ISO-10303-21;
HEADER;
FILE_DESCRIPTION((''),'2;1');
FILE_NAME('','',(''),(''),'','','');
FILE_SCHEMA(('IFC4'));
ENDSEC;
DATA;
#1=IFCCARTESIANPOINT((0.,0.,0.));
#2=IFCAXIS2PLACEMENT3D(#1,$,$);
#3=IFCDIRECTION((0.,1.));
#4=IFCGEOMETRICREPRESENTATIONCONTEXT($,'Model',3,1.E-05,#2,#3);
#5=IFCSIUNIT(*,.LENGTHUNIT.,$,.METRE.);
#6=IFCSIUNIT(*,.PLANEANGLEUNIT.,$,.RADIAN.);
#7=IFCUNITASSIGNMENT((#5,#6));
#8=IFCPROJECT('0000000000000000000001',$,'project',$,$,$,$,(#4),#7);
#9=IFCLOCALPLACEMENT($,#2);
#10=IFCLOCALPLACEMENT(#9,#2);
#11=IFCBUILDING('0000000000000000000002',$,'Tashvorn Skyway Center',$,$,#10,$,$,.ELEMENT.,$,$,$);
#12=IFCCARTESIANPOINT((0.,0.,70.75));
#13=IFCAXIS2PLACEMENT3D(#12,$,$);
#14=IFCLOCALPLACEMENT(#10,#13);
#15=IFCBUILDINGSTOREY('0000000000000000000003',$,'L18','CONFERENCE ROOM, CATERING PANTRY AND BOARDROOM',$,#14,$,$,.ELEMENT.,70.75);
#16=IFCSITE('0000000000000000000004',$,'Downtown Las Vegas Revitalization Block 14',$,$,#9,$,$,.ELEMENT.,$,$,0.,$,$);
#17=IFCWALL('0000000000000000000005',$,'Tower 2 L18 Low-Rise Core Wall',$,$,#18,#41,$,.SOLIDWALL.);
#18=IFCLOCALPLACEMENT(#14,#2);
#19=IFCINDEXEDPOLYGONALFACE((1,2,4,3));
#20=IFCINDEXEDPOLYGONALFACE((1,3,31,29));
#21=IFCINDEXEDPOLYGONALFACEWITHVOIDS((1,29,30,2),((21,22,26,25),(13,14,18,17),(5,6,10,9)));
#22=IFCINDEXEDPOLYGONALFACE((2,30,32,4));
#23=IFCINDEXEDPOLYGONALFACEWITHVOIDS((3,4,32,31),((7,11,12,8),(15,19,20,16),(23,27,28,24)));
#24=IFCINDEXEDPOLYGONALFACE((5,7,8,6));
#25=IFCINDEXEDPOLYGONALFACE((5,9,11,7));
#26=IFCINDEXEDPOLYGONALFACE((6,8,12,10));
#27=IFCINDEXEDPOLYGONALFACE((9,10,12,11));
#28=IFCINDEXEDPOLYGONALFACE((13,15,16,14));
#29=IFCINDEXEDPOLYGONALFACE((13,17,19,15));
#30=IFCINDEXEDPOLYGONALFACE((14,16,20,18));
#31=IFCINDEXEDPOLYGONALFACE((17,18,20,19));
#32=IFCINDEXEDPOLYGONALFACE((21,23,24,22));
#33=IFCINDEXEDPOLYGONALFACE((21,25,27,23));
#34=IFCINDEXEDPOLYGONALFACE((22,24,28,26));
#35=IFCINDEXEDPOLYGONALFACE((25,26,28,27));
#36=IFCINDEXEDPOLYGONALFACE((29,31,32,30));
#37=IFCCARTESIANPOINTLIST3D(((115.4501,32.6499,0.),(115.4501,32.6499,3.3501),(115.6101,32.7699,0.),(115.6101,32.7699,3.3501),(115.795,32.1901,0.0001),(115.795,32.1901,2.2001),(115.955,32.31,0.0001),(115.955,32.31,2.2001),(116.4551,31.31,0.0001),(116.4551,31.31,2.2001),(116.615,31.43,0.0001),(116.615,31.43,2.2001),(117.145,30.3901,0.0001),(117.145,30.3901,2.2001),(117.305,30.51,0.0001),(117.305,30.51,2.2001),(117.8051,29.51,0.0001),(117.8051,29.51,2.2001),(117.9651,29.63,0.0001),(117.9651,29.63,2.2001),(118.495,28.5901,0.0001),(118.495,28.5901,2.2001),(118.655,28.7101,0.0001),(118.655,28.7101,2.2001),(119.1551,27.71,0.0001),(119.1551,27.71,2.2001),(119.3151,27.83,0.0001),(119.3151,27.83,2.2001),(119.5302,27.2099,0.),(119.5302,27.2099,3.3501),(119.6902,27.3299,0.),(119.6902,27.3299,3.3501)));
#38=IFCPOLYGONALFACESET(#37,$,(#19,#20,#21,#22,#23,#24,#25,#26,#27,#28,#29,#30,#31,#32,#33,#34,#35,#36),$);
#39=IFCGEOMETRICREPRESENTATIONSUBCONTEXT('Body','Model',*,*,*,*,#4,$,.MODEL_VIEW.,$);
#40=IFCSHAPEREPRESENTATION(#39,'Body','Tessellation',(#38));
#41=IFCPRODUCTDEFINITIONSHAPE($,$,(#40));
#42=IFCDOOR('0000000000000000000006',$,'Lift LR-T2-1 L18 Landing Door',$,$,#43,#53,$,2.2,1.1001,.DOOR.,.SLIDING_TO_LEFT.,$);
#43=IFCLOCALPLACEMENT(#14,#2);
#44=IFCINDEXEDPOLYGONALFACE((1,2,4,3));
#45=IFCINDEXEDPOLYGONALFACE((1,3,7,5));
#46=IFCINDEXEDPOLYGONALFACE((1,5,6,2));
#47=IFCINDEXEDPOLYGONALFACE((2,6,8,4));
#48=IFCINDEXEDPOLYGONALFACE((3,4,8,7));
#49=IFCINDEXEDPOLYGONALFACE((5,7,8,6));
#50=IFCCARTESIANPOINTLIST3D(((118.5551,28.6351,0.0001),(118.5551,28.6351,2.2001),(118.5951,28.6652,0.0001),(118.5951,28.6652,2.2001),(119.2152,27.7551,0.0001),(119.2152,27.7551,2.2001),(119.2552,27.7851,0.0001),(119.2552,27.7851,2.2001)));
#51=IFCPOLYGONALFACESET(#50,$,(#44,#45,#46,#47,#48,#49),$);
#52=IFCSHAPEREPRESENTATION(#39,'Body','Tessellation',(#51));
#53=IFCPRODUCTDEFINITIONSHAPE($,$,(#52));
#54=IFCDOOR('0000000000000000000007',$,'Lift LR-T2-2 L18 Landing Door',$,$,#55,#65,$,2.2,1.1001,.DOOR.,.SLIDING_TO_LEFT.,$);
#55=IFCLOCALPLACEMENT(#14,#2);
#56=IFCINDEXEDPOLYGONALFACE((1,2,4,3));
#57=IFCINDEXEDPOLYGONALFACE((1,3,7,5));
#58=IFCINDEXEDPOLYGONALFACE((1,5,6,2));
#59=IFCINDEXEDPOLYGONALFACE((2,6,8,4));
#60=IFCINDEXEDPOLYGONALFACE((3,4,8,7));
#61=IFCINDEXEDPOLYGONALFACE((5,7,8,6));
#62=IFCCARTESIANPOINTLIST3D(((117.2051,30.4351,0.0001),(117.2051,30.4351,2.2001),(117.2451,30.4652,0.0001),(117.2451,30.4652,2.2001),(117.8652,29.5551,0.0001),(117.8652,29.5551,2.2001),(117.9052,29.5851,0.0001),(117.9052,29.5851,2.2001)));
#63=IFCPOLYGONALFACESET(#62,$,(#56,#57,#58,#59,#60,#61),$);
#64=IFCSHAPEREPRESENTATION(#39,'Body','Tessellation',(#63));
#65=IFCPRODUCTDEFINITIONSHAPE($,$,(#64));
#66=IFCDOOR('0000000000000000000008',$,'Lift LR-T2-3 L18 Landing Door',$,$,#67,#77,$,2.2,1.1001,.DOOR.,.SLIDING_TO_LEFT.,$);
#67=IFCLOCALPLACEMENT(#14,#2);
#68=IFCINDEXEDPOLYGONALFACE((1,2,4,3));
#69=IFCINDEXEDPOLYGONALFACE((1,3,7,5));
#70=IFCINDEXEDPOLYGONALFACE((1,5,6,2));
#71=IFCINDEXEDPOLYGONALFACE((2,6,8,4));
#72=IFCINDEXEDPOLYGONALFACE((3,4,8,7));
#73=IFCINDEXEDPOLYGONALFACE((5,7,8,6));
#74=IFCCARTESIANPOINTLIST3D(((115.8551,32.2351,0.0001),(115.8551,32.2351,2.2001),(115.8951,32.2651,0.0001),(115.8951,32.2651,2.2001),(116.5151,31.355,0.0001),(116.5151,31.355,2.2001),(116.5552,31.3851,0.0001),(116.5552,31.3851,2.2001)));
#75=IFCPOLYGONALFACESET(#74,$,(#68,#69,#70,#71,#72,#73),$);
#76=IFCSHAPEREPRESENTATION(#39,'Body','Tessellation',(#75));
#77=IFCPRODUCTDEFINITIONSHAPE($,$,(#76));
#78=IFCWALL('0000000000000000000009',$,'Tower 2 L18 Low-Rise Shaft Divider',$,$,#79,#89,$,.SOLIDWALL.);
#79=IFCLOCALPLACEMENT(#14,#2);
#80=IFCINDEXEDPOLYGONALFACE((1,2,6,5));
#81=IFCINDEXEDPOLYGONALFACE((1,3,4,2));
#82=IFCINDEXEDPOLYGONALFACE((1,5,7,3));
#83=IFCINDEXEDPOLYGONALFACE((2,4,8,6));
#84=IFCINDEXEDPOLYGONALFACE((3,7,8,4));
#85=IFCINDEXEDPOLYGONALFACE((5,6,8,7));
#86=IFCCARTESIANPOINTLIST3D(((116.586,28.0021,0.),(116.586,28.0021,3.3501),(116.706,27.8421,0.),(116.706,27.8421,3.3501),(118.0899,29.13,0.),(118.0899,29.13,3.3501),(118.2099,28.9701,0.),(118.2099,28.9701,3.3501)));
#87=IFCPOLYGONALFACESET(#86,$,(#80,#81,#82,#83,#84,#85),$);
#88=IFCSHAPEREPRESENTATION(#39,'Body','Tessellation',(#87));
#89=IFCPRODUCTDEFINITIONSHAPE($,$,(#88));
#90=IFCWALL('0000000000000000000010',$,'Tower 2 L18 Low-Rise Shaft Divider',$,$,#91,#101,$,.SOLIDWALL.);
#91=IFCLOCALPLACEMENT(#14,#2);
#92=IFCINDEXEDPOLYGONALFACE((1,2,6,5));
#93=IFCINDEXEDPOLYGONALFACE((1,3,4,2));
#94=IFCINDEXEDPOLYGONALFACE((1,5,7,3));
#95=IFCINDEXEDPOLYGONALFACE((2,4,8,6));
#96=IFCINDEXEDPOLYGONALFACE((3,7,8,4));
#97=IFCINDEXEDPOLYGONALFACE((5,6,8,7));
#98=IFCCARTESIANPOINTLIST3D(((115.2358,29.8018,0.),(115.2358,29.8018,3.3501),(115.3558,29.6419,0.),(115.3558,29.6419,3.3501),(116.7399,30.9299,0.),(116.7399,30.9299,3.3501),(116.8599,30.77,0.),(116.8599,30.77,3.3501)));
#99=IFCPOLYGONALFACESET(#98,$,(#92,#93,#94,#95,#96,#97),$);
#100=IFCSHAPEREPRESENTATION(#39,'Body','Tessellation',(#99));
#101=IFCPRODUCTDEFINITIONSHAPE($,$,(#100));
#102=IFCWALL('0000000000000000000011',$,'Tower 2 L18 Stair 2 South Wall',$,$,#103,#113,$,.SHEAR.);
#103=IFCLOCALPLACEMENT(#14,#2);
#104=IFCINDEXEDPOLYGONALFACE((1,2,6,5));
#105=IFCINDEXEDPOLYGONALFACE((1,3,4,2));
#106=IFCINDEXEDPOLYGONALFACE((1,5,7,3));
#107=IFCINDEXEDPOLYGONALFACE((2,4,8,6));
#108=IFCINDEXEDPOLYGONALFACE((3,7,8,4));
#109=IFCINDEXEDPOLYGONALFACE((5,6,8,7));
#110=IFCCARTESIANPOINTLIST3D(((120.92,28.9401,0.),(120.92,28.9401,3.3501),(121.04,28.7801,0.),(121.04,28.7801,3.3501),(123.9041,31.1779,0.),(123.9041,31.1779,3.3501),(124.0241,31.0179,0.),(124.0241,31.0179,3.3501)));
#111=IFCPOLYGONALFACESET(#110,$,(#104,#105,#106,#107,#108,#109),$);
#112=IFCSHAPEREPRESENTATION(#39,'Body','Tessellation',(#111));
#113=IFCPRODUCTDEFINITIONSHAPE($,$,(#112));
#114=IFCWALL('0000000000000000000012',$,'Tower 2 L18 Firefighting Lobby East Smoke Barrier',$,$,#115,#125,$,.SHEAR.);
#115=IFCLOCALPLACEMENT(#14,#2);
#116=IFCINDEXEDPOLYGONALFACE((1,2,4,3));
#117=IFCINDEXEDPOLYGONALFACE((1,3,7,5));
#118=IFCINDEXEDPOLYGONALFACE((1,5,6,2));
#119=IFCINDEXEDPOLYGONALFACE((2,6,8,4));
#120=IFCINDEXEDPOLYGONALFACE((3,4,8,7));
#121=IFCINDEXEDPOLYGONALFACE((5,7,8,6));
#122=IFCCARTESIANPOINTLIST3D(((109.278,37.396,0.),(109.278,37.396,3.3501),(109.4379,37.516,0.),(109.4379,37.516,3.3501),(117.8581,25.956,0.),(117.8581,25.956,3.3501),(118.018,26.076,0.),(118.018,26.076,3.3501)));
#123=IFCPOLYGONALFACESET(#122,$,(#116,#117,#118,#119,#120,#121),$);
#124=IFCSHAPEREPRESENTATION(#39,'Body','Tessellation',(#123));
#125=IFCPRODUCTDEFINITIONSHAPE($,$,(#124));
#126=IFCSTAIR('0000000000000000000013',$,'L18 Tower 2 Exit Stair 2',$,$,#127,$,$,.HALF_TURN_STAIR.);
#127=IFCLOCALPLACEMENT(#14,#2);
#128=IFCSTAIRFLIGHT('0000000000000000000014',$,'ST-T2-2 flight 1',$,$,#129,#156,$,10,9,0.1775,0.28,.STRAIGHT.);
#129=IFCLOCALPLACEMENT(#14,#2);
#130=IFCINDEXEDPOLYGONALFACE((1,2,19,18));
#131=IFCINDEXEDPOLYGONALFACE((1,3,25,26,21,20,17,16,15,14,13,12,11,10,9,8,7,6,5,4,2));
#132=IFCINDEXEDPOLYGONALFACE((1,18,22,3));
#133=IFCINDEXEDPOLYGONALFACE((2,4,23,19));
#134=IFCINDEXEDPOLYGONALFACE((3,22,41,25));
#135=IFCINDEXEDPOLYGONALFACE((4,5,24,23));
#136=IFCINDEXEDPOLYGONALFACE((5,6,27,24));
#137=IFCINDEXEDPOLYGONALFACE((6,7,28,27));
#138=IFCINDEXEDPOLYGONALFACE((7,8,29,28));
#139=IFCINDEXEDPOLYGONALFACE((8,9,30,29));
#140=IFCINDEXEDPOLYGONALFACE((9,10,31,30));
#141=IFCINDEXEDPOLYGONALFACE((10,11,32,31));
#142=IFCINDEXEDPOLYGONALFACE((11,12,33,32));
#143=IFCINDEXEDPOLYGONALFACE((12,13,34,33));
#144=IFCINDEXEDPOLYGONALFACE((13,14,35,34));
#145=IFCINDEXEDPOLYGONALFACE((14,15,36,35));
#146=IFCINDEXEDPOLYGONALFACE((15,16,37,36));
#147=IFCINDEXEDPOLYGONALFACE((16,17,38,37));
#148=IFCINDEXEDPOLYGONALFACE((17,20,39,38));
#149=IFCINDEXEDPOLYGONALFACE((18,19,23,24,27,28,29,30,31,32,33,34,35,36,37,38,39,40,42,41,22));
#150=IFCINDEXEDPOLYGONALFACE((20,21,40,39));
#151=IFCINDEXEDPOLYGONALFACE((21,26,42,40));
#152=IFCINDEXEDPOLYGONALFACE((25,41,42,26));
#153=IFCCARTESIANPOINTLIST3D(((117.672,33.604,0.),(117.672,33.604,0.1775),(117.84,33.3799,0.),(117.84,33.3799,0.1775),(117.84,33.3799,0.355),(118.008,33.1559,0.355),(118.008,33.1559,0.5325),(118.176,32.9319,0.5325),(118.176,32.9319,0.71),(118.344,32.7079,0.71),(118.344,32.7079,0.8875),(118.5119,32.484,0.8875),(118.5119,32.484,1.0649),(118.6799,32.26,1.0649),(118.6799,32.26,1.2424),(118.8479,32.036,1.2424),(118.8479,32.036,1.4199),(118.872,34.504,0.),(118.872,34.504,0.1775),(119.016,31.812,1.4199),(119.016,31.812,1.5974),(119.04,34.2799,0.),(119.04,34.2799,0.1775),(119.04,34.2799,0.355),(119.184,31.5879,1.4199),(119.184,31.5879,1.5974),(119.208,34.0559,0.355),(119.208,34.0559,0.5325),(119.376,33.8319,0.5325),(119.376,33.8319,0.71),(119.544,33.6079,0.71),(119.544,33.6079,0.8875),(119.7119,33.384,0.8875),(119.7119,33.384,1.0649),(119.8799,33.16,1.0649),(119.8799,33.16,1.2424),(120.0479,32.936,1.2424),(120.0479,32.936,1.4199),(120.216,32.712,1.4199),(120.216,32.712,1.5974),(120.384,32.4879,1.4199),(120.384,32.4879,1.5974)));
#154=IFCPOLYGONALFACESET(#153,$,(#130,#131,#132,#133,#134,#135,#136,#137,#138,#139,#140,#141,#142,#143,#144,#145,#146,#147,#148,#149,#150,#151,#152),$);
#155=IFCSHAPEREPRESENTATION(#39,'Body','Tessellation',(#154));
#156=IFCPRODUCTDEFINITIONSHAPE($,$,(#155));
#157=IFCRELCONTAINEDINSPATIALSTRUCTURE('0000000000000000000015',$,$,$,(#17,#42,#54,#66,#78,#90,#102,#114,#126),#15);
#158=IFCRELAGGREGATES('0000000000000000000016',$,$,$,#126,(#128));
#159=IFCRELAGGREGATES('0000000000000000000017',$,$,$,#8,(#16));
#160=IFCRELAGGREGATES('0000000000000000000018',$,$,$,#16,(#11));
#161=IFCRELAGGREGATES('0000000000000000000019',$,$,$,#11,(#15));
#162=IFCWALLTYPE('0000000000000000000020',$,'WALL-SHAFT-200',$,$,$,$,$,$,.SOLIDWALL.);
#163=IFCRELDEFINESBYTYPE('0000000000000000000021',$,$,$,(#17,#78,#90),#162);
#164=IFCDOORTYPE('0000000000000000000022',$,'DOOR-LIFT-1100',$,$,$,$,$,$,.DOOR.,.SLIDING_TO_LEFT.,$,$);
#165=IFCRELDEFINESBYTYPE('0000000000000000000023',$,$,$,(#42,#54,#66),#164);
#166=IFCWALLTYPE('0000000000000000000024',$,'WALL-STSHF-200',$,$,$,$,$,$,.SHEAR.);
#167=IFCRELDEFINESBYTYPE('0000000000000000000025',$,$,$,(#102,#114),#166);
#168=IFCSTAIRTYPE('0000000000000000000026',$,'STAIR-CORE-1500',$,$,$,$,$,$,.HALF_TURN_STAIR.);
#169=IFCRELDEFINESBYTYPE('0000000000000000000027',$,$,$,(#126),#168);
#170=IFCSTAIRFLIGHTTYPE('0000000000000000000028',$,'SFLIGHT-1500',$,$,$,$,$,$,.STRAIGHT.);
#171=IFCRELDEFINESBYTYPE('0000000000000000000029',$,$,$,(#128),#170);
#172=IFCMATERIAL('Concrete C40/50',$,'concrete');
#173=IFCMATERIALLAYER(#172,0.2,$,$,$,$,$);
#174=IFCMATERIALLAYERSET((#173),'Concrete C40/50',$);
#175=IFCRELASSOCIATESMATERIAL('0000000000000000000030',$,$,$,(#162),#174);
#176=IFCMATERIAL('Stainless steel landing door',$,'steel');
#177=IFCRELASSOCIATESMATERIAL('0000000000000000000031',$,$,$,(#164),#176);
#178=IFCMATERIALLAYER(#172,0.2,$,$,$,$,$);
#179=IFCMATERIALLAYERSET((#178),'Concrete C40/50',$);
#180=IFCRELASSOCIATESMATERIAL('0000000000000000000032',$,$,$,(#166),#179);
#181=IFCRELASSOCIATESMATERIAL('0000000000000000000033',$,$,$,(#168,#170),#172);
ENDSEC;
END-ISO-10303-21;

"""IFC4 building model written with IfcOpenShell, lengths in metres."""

from ifc_helpers import new_model, si_unit, direction, frame, frame_2d, origin, place, context, subcontext, project, spatial, polyline, rectangle, outline, extrude, material, layer, layer_set, type_object, element, fill, aggregate, save


model = new_model("IFC4")

# Units and contexts
model_context = context("Model", 3, precision=1e-05, world=origin(), true_north=direction((0.0, 1.0)))
body_context = subcontext(model_context, "Body", "Model", "MODEL_VIEW")
ifc_project = project(units=[si_unit("LENGTHUNIT", "METRE"), si_unit("PLANEANGLEUNIT", "RADIAN")], contexts=[model_context])

# Site, building, storey
site_placement = place(None, origin())
site = spatial("IfcSite", under=ifc_project, at=site_placement, Name="Downtown Las Vegas Revitalization Block 14", CompositionType="ELEMENT", RefElevation=0.0)
building_placement = place(site_placement, origin())
building = spatial("IfcBuilding", under=site, at=building_placement, Name="Tashvorn Skyway Center", CompositionType="ELEMENT")
storey_placement = place(building_placement, frame((0.0, 0.0, 70.75)))
storey = spatial("IfcBuildingStorey", under=building, at=storey_placement, Name="L18", Description="CONFERENCE ROOM, CATERING PANTRY AND BOARDROOM", CompositionType="ELEMENT", Elevation=70.75)

# Wall, openings, doors
ifc_material_1 = material(Name="Concrete C40/50", Category="concrete")
ifc_layer_1 = layer(ifc_material_1, 0.2)
ifc_layer_set_1 = layer_set([ifc_layer_1], Name="Concrete C40/50")
wall_type_1 = type_object("IfcWallType", Name="WALL-SHAFT-200", PredefinedType="SOLIDWALL", material=ifc_layer_set_1)
wall_1_placement = place(storey_placement, frame((119.6101, 27.27, 0.0), z_axis=(0.0, 0.0, 1.0), x_axis=(-0.600011, 0.799991, 0.0)))
wall_1 = element("IfcWall", 1, at=wall_1_placement, inside=storey, type_object=wall_type_1, Name="Tower 2 L18 Low-Rise Core Wall", PredefinedType="SOLIDWALL", context=body_context, shape_type="SweptSolid", body=[
    extrude(rectangle(XDim=6.8, YDim=0.2, at=frame_2d((3.3999, 0.0))), origin(), (0.0, 0.0, 1.0), 3.3501),
])
opening_1_placement = place(wall_1_placement, frame((0.625, 0.0, 0.0)))
opening_1 = element("IfcOpeningElement", 2, at=opening_1_placement, cuts=wall_1, PredefinedType="OPENING", context=body_context, shape_type="SweptSolid", body=[
    extrude(rectangle(XDim=1.1001, YDim=2.2, at=frame_2d((0.55, 1.1001))), frame((0.0, 0.1099, 0.0), z_axis=(0.0, -1.0, 0.0), x_axis=(1.0, 0.0, 0.0)), (0.0, 0.0, 1.0), 0.22),
])
opening_2_placement = place(wall_1_placement, frame((2.875, 0.0, 0.0)))
opening_2 = element("IfcOpeningElement", 3, at=opening_2_placement, cuts=wall_1, PredefinedType="OPENING", context=body_context, shape_type="SweptSolid", body=[
    extrude(rectangle(XDim=1.1001, YDim=2.2, at=frame_2d((0.55, 1.1001))), frame((0.0, 0.1099, 0.0), z_axis=(0.0, -1.0, 0.0), x_axis=(1.0, 0.0, 0.0)), (0.0, 0.0, 1.0), 0.22),
])
opening_3_placement = place(wall_1_placement, frame((5.125, 0.0, 0.0)))
opening_3 = element("IfcOpeningElement", 4, at=opening_3_placement, cuts=wall_1, PredefinedType="OPENING", context=body_context, shape_type="SweptSolid", body=[
    extrude(rectangle(XDim=1.1001, YDim=2.2, at=frame_2d((0.55, 1.1001))), frame((0.0, 0.1099, 0.0), z_axis=(0.0, -1.0, 0.0), x_axis=(1.0, 0.0, 0.0)), (0.0, 0.0, 1.0), 0.22),
])
ifc_material_2 = material(Name="Stainless steel landing door", Category="steel")
door_type_1 = type_object("IfcDoorType", Name="DOOR-LIFT-1100", OperationType="SLIDING_TO_LEFT", PredefinedType="DOOR", material=ifc_material_2)
door_1_placement = place(opening_1_placement, origin())
door_1 = element("IfcDoor", 5, at=door_1_placement, inside=storey, type_object=door_type_1, Name="Lift LR-T2-1 L18 Landing Door", OperationType="SLIDING_TO_LEFT", OverallHeight=2.2, OverallWidth=1.1001, PredefinedType="DOOR", context=body_context, shape_type="SweptSolid", body=[
    extrude(rectangle(XDim=1.1001, YDim=2.2, at=frame_2d((0.55, 1.1001))), frame((0.0, 0.0249, 0.0), z_axis=(0.0, -1.0, 0.0), x_axis=(1.0, 0.0, 0.0)), (0.0, 0.0, 1.0), 0.05),
])
fill(opening_1, door_1)
door_2_placement = place(opening_2_placement, origin())
door_2 = element("IfcDoor", 6, at=door_2_placement, inside=storey, type_object=door_type_1, Name="Lift LR-T2-2 L18 Landing Door", OperationType="SLIDING_TO_LEFT", OverallHeight=2.2, OverallWidth=1.1001, PredefinedType="DOOR", context=body_context, shape_type="SweptSolid", body=[
    extrude(rectangle(XDim=1.1001, YDim=2.2, at=frame_2d((0.55, 1.1001))), frame((0.0, 0.0249, 0.0), z_axis=(0.0, -1.0, 0.0), x_axis=(1.0, 0.0, 0.0)), (0.0, 0.0, 1.0), 0.05),
])
fill(opening_2, door_2)
door_3_placement = place(opening_3_placement, origin())
door_3 = element("IfcDoor", 7, at=door_3_placement, inside=storey, type_object=door_type_1, Name="Lift LR-T2-3 L18 Landing Door", OperationType="SLIDING_TO_LEFT", OverallHeight=2.2, OverallWidth=1.1001, PredefinedType="DOOR", context=body_context, shape_type="SweptSolid", body=[
    extrude(rectangle(XDim=1.1001, YDim=2.2, at=frame_2d((0.55, 1.1001))), frame((0.0, 0.0249, 0.0), z_axis=(0.0, -1.0, 0.0), x_axis=(1.0, 0.0, 0.0)), (0.0, 0.0, 1.0), 0.05),
])
fill(opening_3, door_3)

# Walls
wall_2_placement = place(storey_placement, frame((116.646, 27.9221, 0.0), z_axis=(0.0, 0.0, 1.0), x_axis=(0.8, 0.6, 0.0)))
element("IfcWall", 8, at=wall_2_placement, inside=storey, type_object=wall_type_1, Name="Tower 2 L18 Low-Rise Shaft Divider", PredefinedType="SOLIDWALL", context=body_context, shape_type="SweptSolid", body=[
    extrude(rectangle(XDim=1.8799, YDim=0.2, at=frame_2d((0.9399, 0.0))), origin(), (0.0, 0.0, 1.0), 3.3501),
])
wall_3_placement = place(storey_placement, frame((115.2959, 29.7219, 0.0), z_axis=(0.0, 0.0, 1.0), x_axis=(0.799984, 0.600021, 0.0)))
element("IfcWall", 9, at=wall_3_placement, inside=storey, type_object=wall_type_1, Name="Tower 2 L18 Low-Rise Shaft Divider", PredefinedType="SOLIDWALL", context=body_context, shape_type="SweptSolid", body=[
    extrude(rectangle(XDim=1.8801, YDim=0.2, at=frame_2d((0.9399, 0.0))), origin(), (0.0, 0.0, 1.0), 3.3501),
])
ifc_layer_2 = layer(ifc_material_1, 0.2)
ifc_layer_set_2 = layer_set([ifc_layer_2], Name="Concrete C40/50")
wall_type_2 = type_object("IfcWallType", Name="WALL-STSHF-200", PredefinedType="SHEAR", material=ifc_layer_set_2)
wall_4_placement = place(storey_placement, frame((120.98, 28.8601, 0.0), z_axis=(0.0, 0.0, 1.0), x_axis=(0.800039, 0.599948, 0.0)))
element("IfcWall", 10, at=wall_4_placement, inside=storey, type_object=wall_type_2, Name="Tower 2 L18 Stair 2 South Wall", PredefinedType="SHEAR", context=body_context, shape_type="SweptSolid", body=[
    extrude(rectangle(XDim=3.73, YDim=0.2, at=frame_2d((1.865, 0.0))), origin(), (0.0, 0.0, 1.0), 3.3501),
])
wall_5_placement = place(storey_placement, frame((117.938, 26.0161, 0.0), z_axis=(0.0, 0.0, 1.0), x_axis=(-0.600005, 0.799996, 0.0)))
element("IfcWall", 11, at=wall_5_placement, inside=storey, type_object=wall_type_2, Name="Tower 2 L18 Firefighting Lobby East Smoke Barrier", PredefinedType="SHEAR", context=body_context, shape_type="SweptSolid", body=[
    extrude(rectangle(XDim=14.3, YDim=0.2, at=frame_2d((7.1499, 0.0))), origin(), (0.0, 0.0, 1.0), 3.3501),
])

# Stair, stair flight
stair_type = type_object("IfcStairType", Name="STAIR-CORE-1500", PredefinedType="HALF_TURN_STAIR", material=ifc_material_1)
stair_placement = place(storey_placement, origin())
stair = element("IfcStair", 12, at=stair_placement, inside=storey, type_object=stair_type, Name="L18 Tower 2 Exit Stair 2", PredefinedType="HALF_TURN_STAIR")
stair_flight_type = type_object("IfcStairFlightType", Name="SFLIGHT-1500", PredefinedType="STRAIGHT", material=ifc_material_1)
stair_flight_1_placement = place(storey_placement, frame((118.272, 34.054, 0.0), z_axis=(0.0, 0.0, 1.0), x_axis=(0.6, -0.8, 0.0)))
stair_flight_1 = element("IfcStairFlight", 13, at=stair_flight_1_placement, type_object=stair_flight_type, Name="ST-T2-2 flight 1", NumberOfRisers=10, NumberOfTreads=9, PredefinedType="STRAIGHT", RiserHeight=0.1775, TreadLength=0.28, context=body_context, shape_type="SweptSolid", body=[
    extrude(outline(polyline([(0.0, 0.0), (0.0, 0.1775), (0.28, 0.1775), (0.28, 0.355), (0.5601, 0.355), (0.5601, 0.5325), (0.8401, 0.5325), (0.8401, 0.71), (1.1201, 0.71), (1.1201, 0.8875), (1.3999, 0.8875), (1.3999, 1.0649), (1.6799, 1.0649), (1.6799, 1.2424), (1.96, 1.2424), (1.96, 1.4199), (2.24, 1.4199), (2.24, 1.5974), (2.52, 1.5974), (2.52, 1.7749), (2.52, 1.4199), (0.28, 0.0), (0.0, 0.0)])), frame((0.0, 0.75, 0.0), z_axis=(0.0, -1.0, 0.0), x_axis=(1.0, 0.0, 0.0)), (0.0, 0.0, 1.0), 1.5),
])
aggregate(stair, [stair_flight_1])

save(model, "model.ifc")
